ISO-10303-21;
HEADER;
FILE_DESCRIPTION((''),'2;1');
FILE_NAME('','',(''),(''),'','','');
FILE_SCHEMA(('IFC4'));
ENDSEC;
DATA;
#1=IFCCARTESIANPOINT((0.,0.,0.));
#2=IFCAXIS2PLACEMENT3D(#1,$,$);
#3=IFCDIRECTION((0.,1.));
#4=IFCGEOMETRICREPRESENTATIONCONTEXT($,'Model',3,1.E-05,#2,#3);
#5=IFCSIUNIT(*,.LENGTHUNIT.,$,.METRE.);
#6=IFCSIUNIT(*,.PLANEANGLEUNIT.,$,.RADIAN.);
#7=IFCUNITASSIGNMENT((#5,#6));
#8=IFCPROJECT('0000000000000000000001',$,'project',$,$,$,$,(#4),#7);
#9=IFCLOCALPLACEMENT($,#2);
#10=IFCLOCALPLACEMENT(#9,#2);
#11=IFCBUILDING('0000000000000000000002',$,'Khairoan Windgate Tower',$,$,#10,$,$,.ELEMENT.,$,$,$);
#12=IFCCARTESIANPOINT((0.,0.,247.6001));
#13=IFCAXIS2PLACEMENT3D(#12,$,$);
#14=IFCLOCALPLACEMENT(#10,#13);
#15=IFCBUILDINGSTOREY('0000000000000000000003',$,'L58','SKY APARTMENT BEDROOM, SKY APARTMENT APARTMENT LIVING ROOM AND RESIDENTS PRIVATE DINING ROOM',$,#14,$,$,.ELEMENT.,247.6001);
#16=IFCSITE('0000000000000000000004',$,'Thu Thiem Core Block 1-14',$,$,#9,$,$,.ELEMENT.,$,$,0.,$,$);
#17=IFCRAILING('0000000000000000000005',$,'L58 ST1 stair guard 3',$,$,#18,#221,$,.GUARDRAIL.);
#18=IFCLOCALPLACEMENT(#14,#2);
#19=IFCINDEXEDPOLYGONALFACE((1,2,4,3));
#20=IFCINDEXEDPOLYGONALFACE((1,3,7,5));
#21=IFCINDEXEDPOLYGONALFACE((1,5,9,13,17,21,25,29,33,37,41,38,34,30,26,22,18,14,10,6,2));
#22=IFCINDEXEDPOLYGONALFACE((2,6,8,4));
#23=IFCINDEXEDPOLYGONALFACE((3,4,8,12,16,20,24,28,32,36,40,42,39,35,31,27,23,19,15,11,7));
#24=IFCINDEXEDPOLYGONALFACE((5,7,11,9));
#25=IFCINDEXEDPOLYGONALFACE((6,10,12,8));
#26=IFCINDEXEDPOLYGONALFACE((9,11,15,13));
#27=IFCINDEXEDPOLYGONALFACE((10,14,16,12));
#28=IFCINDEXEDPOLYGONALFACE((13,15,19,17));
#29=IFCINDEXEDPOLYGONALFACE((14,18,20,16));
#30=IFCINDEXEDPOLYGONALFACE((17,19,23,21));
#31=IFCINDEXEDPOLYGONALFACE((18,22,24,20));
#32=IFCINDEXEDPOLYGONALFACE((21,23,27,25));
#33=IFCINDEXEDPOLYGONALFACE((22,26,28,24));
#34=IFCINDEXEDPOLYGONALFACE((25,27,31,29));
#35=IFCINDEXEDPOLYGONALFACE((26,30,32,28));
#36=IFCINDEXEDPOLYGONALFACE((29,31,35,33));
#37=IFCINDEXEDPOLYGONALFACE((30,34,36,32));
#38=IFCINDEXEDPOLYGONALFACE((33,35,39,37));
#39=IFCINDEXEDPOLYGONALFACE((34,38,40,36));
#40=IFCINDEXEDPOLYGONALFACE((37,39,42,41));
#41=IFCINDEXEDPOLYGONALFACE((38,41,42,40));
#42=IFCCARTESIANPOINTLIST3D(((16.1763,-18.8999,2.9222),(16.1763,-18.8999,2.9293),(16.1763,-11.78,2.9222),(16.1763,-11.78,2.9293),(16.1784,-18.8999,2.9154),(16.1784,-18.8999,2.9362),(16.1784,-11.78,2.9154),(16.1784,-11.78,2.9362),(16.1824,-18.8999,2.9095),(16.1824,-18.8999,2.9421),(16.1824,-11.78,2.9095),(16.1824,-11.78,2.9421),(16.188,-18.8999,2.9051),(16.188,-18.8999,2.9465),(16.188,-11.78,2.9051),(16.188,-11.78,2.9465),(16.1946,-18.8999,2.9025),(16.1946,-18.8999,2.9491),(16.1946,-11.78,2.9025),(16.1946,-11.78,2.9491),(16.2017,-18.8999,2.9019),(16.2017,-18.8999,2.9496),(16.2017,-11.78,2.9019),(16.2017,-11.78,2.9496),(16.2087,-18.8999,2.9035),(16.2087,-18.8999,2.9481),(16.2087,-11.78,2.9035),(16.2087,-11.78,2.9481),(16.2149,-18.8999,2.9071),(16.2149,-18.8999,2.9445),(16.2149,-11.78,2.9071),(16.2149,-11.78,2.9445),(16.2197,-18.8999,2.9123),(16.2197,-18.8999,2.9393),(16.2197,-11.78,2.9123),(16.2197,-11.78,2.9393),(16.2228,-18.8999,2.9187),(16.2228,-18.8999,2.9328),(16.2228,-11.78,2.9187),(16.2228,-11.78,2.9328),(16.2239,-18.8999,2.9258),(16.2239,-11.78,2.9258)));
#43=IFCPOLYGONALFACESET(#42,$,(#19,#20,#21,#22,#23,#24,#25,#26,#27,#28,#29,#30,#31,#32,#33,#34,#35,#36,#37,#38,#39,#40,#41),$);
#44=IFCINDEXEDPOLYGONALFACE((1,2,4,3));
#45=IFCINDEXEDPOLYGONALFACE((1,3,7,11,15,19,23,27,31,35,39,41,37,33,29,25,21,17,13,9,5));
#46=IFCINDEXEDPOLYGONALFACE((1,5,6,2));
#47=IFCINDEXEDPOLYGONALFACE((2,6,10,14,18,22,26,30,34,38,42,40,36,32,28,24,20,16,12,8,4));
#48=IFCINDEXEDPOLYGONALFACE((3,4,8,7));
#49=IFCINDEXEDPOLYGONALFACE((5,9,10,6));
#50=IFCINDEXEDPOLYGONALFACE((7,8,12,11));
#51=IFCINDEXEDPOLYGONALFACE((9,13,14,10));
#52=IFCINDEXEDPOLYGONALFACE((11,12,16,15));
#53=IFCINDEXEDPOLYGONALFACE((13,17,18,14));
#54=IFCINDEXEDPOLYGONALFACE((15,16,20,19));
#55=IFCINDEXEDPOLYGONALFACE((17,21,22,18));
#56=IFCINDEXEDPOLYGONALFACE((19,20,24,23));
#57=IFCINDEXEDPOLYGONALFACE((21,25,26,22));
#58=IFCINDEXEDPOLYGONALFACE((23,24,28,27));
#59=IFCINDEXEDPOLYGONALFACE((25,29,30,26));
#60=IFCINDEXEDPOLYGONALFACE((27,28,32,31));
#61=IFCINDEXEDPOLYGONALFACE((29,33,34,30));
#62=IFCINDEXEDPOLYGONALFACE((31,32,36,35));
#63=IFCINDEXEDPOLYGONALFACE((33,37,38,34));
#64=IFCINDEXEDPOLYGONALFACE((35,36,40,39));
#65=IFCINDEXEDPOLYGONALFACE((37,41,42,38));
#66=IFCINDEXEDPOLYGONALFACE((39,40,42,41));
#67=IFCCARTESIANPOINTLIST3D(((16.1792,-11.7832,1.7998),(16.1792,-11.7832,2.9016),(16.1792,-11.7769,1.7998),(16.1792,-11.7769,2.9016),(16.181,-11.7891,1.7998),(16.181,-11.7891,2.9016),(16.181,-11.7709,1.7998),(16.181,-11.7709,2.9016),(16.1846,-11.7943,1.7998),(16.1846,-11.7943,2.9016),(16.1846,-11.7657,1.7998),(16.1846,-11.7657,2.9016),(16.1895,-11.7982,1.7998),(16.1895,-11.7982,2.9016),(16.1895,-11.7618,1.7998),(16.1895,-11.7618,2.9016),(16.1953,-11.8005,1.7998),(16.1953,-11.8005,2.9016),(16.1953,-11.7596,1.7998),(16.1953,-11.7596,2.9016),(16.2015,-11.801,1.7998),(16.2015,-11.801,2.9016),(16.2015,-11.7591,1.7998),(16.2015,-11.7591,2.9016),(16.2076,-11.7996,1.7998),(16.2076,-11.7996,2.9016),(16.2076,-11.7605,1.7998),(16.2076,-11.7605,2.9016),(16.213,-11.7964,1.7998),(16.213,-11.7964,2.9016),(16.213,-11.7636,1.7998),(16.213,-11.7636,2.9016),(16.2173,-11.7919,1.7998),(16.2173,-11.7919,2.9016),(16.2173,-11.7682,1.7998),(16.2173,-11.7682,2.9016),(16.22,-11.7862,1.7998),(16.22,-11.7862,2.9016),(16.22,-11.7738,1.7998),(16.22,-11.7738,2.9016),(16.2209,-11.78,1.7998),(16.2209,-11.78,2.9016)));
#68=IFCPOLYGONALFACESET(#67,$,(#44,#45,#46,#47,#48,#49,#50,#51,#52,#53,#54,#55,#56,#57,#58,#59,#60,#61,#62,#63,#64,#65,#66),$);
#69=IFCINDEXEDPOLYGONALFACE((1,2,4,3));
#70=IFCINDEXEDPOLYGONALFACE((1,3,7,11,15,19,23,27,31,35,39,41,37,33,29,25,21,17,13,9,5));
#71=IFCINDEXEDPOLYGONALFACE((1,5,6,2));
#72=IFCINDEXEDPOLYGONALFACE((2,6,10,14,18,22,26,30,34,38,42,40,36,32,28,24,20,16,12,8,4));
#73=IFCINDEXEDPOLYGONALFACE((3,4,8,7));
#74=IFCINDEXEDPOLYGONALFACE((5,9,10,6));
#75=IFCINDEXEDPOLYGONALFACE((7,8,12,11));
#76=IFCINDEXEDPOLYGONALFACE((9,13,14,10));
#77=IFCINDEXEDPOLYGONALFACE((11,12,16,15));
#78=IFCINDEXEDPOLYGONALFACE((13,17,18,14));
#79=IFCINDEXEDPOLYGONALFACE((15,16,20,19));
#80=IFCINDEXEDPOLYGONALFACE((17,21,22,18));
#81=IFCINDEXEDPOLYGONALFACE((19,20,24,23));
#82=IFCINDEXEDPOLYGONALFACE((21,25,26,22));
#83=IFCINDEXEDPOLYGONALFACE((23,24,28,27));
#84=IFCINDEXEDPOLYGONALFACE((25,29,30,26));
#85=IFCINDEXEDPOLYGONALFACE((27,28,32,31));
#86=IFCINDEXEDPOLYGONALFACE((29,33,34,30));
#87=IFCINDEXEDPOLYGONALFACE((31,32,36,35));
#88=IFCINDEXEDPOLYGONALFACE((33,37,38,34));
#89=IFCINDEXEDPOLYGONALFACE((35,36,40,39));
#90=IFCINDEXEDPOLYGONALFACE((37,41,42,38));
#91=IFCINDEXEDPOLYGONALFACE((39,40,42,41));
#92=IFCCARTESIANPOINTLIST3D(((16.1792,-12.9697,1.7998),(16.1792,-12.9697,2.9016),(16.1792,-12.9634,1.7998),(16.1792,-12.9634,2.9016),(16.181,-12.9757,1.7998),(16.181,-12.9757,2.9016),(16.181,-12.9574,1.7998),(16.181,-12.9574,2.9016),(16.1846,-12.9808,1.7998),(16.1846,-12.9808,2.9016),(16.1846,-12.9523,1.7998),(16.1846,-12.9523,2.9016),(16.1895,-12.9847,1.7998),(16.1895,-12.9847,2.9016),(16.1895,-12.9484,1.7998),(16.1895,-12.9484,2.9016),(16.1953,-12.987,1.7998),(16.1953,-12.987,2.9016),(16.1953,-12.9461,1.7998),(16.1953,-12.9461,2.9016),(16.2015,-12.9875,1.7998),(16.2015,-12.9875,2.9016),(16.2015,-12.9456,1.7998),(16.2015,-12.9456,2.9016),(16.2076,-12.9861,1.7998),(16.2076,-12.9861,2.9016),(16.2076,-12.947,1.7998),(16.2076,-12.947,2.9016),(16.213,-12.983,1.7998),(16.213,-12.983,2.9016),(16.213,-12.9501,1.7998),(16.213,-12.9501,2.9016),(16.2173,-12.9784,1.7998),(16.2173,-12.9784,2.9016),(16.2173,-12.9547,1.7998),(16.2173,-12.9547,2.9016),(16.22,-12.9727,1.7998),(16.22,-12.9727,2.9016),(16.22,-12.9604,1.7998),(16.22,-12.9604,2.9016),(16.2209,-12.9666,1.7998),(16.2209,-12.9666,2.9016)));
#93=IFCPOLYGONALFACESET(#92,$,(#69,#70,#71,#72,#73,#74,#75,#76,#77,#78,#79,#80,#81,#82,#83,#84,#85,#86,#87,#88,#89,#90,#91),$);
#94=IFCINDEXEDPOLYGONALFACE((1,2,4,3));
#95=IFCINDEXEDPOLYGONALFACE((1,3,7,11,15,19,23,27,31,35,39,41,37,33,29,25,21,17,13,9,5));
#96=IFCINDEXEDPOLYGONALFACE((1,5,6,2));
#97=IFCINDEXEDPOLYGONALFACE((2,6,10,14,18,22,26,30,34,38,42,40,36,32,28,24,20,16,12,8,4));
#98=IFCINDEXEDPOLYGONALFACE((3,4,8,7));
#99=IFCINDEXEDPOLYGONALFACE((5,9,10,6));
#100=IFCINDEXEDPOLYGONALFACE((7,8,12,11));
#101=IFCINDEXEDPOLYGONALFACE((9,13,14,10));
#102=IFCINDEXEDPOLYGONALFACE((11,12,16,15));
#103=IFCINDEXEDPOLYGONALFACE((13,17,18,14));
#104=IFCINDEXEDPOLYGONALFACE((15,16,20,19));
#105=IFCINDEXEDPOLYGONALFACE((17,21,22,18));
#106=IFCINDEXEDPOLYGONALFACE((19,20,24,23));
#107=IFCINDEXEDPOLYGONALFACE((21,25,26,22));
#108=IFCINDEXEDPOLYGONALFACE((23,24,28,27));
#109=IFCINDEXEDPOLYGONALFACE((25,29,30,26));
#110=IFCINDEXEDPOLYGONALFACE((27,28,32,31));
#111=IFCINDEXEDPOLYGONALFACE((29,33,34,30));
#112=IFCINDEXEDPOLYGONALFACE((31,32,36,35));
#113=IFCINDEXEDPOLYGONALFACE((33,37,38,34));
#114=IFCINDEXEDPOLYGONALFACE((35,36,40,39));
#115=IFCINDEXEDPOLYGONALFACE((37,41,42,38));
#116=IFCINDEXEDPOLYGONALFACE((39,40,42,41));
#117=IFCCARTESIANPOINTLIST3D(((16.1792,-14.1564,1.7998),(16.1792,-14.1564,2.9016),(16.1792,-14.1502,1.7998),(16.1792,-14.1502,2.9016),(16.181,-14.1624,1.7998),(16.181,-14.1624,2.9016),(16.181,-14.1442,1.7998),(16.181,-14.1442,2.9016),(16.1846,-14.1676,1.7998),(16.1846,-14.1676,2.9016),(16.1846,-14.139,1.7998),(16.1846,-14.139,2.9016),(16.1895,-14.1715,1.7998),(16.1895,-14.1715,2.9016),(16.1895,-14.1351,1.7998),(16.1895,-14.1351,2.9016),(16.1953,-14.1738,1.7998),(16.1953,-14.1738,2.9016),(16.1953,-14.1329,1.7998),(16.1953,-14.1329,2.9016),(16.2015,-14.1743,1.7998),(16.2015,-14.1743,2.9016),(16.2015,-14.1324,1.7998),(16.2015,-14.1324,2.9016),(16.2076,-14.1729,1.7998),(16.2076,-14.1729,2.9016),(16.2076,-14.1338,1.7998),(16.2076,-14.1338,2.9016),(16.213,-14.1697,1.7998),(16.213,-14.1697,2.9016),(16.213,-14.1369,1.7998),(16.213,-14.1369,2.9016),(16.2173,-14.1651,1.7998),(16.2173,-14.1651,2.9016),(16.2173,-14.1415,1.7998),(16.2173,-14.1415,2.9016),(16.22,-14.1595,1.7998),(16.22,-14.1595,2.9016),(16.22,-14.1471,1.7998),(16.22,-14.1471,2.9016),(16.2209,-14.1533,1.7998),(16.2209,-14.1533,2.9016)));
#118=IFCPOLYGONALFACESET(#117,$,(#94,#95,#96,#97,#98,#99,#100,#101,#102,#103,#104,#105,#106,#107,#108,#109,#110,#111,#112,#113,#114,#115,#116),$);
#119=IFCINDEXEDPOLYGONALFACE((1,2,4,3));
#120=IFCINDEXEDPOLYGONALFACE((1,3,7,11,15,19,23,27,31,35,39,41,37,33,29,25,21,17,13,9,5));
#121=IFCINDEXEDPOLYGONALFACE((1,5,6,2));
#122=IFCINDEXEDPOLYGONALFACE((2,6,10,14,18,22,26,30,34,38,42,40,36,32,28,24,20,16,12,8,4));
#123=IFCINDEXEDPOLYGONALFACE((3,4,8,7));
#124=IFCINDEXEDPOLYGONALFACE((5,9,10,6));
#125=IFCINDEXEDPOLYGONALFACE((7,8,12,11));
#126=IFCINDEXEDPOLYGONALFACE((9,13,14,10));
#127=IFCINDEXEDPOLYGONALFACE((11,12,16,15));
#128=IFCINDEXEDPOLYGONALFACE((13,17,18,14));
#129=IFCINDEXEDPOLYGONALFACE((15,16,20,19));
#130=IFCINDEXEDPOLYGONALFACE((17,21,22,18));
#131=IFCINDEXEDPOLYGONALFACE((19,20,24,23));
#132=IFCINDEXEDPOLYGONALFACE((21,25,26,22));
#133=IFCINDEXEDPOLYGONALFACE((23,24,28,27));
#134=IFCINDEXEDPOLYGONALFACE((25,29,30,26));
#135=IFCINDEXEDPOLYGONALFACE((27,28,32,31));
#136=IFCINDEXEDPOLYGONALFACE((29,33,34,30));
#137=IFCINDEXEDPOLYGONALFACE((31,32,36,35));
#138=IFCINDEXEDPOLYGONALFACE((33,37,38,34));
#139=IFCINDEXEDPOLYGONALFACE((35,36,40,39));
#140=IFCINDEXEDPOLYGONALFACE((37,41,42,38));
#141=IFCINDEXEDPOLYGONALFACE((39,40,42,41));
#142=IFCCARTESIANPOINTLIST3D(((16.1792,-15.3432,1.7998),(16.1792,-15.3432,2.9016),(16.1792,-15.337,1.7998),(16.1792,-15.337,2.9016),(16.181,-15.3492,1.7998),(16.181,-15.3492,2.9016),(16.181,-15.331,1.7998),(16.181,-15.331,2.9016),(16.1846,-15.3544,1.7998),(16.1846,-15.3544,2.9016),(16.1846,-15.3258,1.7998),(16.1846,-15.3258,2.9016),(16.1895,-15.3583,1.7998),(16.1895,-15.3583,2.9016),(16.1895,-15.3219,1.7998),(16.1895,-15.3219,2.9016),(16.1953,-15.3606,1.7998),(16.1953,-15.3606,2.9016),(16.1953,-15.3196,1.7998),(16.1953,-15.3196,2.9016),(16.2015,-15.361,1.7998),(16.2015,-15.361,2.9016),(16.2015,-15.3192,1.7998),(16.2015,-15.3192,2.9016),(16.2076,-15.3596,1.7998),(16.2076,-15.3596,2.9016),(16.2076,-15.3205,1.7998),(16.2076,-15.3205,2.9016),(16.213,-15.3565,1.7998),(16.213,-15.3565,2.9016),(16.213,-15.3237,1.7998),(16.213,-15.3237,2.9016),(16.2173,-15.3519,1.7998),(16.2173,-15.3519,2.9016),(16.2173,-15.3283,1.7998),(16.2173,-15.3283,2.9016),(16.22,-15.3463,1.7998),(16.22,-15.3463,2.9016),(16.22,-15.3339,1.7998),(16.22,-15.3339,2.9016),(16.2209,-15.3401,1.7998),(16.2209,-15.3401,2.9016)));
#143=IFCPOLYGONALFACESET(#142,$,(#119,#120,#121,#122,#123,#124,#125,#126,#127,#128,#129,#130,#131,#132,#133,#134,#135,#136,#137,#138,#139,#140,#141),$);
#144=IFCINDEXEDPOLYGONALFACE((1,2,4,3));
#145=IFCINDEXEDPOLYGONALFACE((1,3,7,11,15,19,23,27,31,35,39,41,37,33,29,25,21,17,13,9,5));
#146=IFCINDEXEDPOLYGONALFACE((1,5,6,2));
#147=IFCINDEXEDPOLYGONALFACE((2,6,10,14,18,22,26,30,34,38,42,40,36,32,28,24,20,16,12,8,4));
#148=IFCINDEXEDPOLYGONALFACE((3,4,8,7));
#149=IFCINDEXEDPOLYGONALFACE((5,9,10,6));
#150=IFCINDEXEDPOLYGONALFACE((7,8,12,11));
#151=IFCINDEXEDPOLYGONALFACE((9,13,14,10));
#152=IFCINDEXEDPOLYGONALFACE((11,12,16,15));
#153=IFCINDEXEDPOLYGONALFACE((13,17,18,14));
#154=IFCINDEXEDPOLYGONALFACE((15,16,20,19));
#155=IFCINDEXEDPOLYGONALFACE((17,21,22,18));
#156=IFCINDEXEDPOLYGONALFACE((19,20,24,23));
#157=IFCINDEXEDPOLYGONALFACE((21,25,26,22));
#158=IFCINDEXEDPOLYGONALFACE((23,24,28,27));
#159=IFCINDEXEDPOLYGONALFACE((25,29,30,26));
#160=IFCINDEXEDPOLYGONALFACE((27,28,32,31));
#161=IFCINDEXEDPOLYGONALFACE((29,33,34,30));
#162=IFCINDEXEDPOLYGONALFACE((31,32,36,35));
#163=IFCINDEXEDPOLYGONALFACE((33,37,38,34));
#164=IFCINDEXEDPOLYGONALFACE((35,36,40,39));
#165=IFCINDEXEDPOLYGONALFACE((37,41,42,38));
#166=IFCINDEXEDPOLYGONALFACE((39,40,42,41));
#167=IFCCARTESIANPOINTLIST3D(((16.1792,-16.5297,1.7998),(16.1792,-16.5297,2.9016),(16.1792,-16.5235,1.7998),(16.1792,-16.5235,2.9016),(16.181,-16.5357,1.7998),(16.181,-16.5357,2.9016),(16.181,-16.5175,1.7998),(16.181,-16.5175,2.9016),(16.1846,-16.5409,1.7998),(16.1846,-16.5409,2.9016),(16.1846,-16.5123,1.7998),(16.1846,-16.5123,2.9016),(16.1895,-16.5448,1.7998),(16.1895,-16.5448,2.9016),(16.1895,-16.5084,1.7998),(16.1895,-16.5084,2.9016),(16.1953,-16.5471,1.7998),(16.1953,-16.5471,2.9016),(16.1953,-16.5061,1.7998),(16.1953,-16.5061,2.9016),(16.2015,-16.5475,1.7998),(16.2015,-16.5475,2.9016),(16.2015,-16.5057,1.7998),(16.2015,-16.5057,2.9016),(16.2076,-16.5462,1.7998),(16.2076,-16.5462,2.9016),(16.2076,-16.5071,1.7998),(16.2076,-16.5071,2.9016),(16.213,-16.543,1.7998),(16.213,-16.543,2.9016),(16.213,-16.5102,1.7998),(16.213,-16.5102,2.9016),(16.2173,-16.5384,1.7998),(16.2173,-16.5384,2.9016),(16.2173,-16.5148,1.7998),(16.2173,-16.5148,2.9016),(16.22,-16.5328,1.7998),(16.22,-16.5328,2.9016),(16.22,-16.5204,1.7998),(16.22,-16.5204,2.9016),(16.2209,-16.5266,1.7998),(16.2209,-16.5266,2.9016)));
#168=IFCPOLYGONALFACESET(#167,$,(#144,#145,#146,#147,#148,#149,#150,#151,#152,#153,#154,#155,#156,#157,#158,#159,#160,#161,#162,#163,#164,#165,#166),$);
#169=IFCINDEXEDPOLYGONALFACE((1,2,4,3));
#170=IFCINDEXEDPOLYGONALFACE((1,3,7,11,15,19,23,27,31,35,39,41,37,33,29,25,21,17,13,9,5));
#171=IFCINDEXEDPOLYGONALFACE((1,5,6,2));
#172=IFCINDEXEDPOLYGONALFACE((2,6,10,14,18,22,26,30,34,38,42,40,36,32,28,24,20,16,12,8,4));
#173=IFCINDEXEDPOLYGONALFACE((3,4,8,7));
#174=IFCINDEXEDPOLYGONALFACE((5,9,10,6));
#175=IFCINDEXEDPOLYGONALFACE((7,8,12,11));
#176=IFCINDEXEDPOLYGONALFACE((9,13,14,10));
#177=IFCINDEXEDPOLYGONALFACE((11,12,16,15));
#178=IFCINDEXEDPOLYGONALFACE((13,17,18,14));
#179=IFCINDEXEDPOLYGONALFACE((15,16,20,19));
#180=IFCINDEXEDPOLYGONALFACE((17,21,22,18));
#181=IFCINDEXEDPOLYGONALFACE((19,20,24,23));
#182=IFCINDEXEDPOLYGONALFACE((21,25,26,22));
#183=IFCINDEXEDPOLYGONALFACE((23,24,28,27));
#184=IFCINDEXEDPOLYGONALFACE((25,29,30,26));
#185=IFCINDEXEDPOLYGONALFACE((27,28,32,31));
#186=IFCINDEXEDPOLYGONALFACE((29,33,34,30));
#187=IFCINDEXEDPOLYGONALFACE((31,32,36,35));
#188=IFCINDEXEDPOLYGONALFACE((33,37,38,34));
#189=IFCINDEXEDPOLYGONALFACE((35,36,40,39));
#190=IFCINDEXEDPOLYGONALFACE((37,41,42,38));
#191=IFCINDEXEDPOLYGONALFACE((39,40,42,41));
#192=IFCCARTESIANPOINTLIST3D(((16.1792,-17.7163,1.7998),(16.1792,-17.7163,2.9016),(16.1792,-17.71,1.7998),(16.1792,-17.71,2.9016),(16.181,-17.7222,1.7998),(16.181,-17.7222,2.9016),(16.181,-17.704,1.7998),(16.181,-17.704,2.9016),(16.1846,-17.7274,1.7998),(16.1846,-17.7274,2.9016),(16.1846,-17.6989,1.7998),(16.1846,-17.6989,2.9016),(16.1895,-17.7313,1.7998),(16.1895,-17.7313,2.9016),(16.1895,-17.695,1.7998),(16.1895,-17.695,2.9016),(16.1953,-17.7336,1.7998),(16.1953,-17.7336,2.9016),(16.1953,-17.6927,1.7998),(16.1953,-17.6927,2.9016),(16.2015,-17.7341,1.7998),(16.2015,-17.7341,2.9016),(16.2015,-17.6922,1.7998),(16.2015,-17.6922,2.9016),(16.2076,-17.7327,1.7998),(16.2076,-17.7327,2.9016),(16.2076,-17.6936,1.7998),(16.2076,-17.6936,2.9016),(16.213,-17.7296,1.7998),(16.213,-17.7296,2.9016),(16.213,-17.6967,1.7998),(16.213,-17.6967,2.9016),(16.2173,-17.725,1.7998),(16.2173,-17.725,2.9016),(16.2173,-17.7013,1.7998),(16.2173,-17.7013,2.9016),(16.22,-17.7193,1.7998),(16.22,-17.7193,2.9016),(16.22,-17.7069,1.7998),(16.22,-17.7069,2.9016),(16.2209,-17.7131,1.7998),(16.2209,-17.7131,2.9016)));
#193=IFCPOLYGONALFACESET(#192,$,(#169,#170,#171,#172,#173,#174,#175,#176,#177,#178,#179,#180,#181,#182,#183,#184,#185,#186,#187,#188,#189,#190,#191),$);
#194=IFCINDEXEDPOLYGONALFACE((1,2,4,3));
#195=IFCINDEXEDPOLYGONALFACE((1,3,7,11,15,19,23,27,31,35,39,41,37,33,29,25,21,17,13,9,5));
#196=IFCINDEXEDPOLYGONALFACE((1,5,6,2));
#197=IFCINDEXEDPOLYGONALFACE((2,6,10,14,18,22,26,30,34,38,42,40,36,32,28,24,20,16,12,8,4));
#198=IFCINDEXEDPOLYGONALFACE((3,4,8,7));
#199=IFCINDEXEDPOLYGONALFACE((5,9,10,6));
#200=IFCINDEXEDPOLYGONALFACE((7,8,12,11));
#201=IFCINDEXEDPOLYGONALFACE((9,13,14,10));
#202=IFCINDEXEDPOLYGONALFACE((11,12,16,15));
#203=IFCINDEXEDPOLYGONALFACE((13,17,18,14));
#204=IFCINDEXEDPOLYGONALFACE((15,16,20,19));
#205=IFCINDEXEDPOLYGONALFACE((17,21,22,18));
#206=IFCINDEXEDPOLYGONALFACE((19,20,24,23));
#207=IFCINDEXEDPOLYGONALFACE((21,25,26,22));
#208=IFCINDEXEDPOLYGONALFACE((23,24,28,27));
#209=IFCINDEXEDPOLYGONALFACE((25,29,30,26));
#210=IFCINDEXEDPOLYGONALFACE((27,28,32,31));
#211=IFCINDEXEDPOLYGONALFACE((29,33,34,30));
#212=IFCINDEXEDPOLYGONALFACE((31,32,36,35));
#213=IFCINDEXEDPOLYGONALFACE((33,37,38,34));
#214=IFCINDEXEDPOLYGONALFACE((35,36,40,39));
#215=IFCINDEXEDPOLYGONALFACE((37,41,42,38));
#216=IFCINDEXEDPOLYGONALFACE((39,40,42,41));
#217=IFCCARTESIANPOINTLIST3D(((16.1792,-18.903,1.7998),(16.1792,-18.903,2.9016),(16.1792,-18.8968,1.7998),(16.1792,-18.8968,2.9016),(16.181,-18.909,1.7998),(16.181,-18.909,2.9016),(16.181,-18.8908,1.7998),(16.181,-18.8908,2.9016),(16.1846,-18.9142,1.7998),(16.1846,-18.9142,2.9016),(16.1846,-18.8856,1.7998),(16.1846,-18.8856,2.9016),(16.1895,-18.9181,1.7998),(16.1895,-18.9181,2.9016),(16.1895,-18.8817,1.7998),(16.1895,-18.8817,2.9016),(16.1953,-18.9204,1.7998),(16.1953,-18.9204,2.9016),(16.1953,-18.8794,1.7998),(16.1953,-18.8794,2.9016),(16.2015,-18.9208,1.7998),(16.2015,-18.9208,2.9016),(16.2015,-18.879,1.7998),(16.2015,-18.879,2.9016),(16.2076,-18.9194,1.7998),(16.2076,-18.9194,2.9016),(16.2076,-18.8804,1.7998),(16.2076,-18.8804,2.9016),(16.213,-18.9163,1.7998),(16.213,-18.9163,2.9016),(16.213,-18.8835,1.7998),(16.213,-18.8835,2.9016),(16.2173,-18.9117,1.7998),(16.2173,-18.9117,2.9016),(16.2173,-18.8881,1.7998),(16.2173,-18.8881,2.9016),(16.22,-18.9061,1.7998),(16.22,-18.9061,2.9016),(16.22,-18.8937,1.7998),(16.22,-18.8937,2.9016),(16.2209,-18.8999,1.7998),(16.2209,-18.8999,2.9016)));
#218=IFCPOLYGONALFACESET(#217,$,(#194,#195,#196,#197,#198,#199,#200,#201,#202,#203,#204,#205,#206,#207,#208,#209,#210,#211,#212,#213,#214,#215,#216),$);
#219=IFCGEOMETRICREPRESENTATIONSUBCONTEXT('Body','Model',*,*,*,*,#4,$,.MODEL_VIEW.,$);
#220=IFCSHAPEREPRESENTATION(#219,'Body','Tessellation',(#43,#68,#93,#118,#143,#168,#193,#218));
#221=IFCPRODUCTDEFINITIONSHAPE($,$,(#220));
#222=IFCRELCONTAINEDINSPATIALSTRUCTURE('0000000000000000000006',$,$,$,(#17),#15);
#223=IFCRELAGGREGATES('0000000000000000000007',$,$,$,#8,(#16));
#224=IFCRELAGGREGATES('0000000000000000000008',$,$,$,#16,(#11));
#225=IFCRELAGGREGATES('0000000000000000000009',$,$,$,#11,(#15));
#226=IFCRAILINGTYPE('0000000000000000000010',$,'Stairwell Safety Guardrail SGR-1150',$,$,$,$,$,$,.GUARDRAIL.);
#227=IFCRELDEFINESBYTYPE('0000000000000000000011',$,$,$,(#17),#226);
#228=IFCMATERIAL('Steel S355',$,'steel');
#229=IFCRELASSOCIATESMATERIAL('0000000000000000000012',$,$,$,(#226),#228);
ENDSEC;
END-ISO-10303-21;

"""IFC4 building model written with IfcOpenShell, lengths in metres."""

from ifc_helpers import new_model, si_unit, direction, frame, origin, origin_2d, place, context, subcontext, project, spatial, circle, extrude, material, type_object, element, save


model = new_model("IFC4")

# Units and contexts
model_context = context("Model", 3, precision=1e-05, world=origin(), true_north=direction((0.0, 1.0)))
body_context = subcontext(model_context, "Body", "Model", "MODEL_VIEW")
ifc_project = project(units=[si_unit("LENGTHUNIT", "METRE"), si_unit("PLANEANGLEUNIT", "RADIAN")], contexts=[model_context])

# Site, building, storey
site_placement = place(None, origin())
site = spatial("IfcSite", under=ifc_project, at=site_placement, Name="Thu Thiem Core Block 1-14", CompositionType="ELEMENT", RefElevation=0.0)
building_placement = place(site_placement, origin())
building = spatial("IfcBuilding", under=site, at=building_placement, Name="Khairoan Windgate Tower", CompositionType="ELEMENT")
storey_placement = place(building_placement, frame((0.0, 0.0, 247.6001)))
storey = spatial("IfcBuildingStorey", under=building, at=storey_placement, Name="L58", Description="SKY APARTMENT BEDROOM, SKY APARTMENT APARTMENT LIVING ROOM AND RESIDENTS PRIVATE DINING ROOM", CompositionType="ELEMENT", Elevation=247.6001)

# Railing
ifc_material_1 = material(Name="Steel S355", Category="steel")
railing_type_1 = type_object("IfcRailingType", Name="Stairwell Safety Guardrail SGR-1150", PredefinedType="GUARDRAIL", material=ifc_material_1)
railing_1_placement = place(storey_placement, frame((16.2, -11.78, 1.7998)))
element("IfcRailing", 1, at=railing_1_placement, inside=storey, type_object=railing_type_1, Name="L58 ST1 stair guard 3", PredefinedType="GUARDRAIL", context=body_context, shape_type="SweptSolid", body=[
    extrude(circle(Radius=0.0239, at=origin_2d()), frame((0.0, 0.0, 1.126), z_axis=(0.0, -1.0, 0.0), x_axis=(1.0, 0.0, 0.0)), (0.0, 0.0, 1.0), 7.1199),
    extrude(circle(Radius=0.021, at=origin_2d()), origin(), (0.0, 0.0, 1.0), 1.1018),
    extrude(circle(Radius=0.021, at=origin_2d()), frame((0.0, -1.1865, 0.0)), (0.0, 0.0, 1.0), 1.1018),
    extrude(circle(Radius=0.021, at=origin_2d()), frame((0.0, -2.3733, 0.0)), (0.0, 0.0, 1.0), 1.1018),
    extrude(circle(Radius=0.021, at=origin_2d()), frame((0.0, -3.5601, 0.0)), (0.0, 0.0, 1.0), 1.1018),
    extrude(circle(Radius=0.021, at=origin_2d()), frame((0.0, -4.7466, 0.0)), (0.0, 0.0, 1.0), 1.1018),
    extrude(circle(Radius=0.021, at=origin_2d()), frame((0.0, -5.9331, 0.0)), (0.0, 0.0, 1.0), 1.1018),
    extrude(circle(Radius=0.021, at=origin_2d()), frame((0.0, -7.1199, 0.0)), (0.0, 0.0, 1.0), 1.1018),
])

save(model, "model.ifc")
